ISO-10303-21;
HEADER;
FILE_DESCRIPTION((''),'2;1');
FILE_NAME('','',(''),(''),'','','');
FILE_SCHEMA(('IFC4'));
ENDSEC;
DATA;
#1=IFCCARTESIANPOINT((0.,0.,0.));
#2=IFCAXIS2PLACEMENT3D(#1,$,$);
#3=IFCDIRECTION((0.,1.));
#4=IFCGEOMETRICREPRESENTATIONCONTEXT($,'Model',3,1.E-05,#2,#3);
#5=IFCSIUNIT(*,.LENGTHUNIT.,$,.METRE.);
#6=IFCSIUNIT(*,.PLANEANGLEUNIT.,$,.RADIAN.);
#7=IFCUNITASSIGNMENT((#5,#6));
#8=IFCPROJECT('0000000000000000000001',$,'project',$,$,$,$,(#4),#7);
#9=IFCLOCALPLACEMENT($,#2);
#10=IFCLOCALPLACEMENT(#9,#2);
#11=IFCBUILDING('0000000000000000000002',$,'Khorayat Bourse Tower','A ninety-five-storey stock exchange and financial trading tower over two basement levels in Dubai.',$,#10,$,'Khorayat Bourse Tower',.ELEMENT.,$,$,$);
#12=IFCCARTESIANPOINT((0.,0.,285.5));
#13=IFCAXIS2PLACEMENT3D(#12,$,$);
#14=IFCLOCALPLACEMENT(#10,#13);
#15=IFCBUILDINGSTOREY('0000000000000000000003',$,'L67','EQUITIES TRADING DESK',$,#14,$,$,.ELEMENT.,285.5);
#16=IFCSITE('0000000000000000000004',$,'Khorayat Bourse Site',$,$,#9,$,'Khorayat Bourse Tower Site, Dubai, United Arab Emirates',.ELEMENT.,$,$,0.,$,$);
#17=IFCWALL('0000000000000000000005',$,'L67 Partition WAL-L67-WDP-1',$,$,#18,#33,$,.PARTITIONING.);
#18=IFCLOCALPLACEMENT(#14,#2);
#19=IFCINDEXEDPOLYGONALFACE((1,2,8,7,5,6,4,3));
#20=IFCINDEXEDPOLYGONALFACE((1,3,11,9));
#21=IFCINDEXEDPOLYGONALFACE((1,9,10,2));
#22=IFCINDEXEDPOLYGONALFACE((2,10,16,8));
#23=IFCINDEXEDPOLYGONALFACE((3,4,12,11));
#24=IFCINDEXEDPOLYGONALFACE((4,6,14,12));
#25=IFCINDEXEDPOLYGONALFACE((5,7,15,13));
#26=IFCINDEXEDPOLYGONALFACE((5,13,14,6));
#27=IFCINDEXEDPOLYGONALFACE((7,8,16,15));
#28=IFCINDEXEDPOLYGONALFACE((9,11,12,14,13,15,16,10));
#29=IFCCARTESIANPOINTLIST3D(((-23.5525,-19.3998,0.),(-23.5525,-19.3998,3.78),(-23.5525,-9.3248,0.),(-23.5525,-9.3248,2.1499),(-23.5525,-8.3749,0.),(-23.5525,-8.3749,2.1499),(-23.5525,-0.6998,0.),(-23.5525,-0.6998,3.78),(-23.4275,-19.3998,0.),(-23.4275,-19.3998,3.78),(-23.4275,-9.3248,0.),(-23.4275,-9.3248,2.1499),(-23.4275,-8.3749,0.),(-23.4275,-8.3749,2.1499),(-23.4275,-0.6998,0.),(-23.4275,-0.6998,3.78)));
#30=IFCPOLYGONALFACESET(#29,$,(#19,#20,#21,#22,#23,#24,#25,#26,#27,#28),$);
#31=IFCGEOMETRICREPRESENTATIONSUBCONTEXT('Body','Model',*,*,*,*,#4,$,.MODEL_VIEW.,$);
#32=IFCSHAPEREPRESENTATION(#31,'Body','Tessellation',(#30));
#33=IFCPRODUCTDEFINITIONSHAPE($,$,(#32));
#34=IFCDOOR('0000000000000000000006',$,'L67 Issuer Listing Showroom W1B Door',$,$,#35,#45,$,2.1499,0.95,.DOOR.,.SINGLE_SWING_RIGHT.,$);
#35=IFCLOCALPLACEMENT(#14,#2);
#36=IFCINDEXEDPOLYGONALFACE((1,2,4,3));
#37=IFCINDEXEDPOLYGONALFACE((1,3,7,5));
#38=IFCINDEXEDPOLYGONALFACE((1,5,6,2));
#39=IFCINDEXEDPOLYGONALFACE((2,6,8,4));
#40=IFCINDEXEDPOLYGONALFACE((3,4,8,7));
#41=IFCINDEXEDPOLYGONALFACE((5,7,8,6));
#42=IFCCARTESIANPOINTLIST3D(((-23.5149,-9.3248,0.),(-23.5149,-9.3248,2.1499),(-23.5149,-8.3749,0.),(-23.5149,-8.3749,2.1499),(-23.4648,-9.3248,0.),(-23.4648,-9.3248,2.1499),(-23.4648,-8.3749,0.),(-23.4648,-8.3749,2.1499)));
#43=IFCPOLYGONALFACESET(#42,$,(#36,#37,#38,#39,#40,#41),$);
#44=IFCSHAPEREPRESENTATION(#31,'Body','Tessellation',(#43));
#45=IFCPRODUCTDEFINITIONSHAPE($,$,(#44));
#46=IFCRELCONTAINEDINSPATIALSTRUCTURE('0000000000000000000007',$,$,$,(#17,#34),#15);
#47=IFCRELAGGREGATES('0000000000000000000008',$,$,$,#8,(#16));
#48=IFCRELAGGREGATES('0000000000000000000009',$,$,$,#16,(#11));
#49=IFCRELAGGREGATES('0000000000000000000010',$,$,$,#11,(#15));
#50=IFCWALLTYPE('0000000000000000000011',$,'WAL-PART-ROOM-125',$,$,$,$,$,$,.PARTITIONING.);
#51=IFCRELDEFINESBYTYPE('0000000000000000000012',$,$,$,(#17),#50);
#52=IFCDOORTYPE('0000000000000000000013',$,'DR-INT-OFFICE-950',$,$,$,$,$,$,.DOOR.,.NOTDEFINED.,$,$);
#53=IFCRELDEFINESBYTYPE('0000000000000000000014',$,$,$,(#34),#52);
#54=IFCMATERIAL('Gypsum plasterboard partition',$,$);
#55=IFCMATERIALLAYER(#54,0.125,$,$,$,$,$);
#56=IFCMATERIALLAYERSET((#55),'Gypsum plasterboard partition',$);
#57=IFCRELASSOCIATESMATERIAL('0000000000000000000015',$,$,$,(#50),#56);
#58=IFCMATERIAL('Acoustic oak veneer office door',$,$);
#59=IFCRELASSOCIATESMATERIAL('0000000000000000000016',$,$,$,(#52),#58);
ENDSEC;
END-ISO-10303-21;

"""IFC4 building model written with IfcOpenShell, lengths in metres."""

from ifc_helpers import new_model, si_unit, direction, frame, frame_2d, origin, place, context, subcontext, project, spatial, rectangle, extrude, source, transform, mapped, material, layer, layer_set, type_object, element, fill, save


model = new_model("IFC4")

# Units and contexts
model_context = context("Model", 3, precision=1e-05, world=origin(), true_north=direction((0.0, 1.0)))
body_context = subcontext(model_context, "Body", "Model", "MODEL_VIEW")
ifc_project = project(units=[si_unit("LENGTHUNIT", "METRE"), si_unit("PLANEANGLEUNIT", "RADIAN")], contexts=[model_context])

# Site, building, storey
site_placement = place(None, origin())
site = spatial("IfcSite", under=ifc_project, at=site_placement, Name="Khorayat Bourse Site", LongName="Khorayat Bourse Tower Site, Dubai, United Arab Emirates", CompositionType="ELEMENT", RefElevation=0.0)
building_placement = place(site_placement, origin())
building = spatial("IfcBuilding", under=site, at=building_placement, Name="Khorayat Bourse Tower", Description="A ninety-five-storey stock exchange and financial trading tower over two basement levels in Dubai.", LongName="Khorayat Bourse Tower", CompositionType="ELEMENT")
storey_placement = place(building_placement, frame((0.0, 0.0, 285.5)))
storey = spatial("IfcBuildingStorey", under=building, at=storey_placement, Name="L67", Description="EQUITIES TRADING DESK", CompositionType="ELEMENT", Elevation=285.5)

# Wall, opening, door
ifc_material_1 = material(Name="Gypsum plasterboard partition")
ifc_layer_1 = layer(ifc_material_1, 0.125)
ifc_layer_set_1 = layer_set([ifc_layer_1], Name="Gypsum plasterboard partition")
wall_type_1 = type_object("IfcWallType", Name="WAL-PART-ROOM-125", PredefinedType="PARTITIONING", material=ifc_layer_set_1)
shared_shape_1 = source(origin(), body_context, "Body", "SweptSolid", [
    extrude(rectangle(XDim=18.7, YDim=0.125, at=frame_2d((9.3501, 0.0))), origin(), (0.0, 0.0, 1.0), 3.78),
])
wall_1_placement = place(storey_placement, frame((-23.49, -19.3999, 0.0), z_axis=(0.0, 0.0, 1.0), x_axis=(0.0, 1.0, 0.0)))
wall_1 = element("IfcWall", 1, at=wall_1_placement, inside=storey, type_object=wall_type_1, Name="L67 Partition WAL-L67-WDP-1", PredefinedType="PARTITIONING", context=body_context, shape_type="MappedRepresentation", body=[
    mapped(shared_shape_1, transform((0.0, 0.0, 0.0), scale=1.0)),
])
shared_shape_2 = source(origin(), body_context, "Body", "SweptSolid", [
    extrude(rectangle(XDim=0.95, YDim=2.1499, at=frame_2d((0.4751, 1.075))), frame((0.0, 0.0725, 0.0), z_axis=(0.0, -1.0, 0.0), x_axis=(1.0, 0.0, 0.0)), (0.0, 0.0, 1.0), 0.145),
])
opening_1_placement = place(wall_1_placement, frame((10.075, 0.0, 0.0)))
opening_1 = element("IfcOpeningElement", 2, at=opening_1_placement, cuts=wall_1, PredefinedType="OPENING", context=body_context, shape_type="MappedRepresentation", body=[
    mapped(shared_shape_2, transform((0.0, 0.0, 0.0), scale=1.0)),
])
ifc_material_2 = material(Name="Acoustic oak veneer office door")
door_type = type_object("IfcDoorType", Name="DR-INT-OFFICE-950", OperationType="NOTDEFINED", PredefinedType="DOOR", material=ifc_material_2)
shared_shape_3 = source(origin(), body_context, "Body", "SweptSolid", [
    extrude(rectangle(XDim=0.95, YDim=2.1499, at=frame_2d((0.4751, 1.075))), frame((0.0, 0.0249, 0.0), z_axis=(0.0, -1.0, 0.0), x_axis=(1.0, 0.0, 0.0)), (0.0, 0.0, 1.0), 0.05),
])
door_placement = place(opening_1_placement, origin())
door = element("IfcDoor", 3, at=door_placement, inside=storey, type_object=door_type, Name="L67 Issuer Listing Showroom W1B Door", OperationType="SINGLE_SWING_RIGHT", OverallHeight=2.1499, OverallWidth=0.95, PredefinedType="DOOR", context=body_context, shape_type="MappedRepresentation", body=[
    mapped(shared_shape_3, transform((0.0, 0.0, 0.0), scale=1.0)),
])
fill(opening_1, door)

save(model, "model.ifc")
